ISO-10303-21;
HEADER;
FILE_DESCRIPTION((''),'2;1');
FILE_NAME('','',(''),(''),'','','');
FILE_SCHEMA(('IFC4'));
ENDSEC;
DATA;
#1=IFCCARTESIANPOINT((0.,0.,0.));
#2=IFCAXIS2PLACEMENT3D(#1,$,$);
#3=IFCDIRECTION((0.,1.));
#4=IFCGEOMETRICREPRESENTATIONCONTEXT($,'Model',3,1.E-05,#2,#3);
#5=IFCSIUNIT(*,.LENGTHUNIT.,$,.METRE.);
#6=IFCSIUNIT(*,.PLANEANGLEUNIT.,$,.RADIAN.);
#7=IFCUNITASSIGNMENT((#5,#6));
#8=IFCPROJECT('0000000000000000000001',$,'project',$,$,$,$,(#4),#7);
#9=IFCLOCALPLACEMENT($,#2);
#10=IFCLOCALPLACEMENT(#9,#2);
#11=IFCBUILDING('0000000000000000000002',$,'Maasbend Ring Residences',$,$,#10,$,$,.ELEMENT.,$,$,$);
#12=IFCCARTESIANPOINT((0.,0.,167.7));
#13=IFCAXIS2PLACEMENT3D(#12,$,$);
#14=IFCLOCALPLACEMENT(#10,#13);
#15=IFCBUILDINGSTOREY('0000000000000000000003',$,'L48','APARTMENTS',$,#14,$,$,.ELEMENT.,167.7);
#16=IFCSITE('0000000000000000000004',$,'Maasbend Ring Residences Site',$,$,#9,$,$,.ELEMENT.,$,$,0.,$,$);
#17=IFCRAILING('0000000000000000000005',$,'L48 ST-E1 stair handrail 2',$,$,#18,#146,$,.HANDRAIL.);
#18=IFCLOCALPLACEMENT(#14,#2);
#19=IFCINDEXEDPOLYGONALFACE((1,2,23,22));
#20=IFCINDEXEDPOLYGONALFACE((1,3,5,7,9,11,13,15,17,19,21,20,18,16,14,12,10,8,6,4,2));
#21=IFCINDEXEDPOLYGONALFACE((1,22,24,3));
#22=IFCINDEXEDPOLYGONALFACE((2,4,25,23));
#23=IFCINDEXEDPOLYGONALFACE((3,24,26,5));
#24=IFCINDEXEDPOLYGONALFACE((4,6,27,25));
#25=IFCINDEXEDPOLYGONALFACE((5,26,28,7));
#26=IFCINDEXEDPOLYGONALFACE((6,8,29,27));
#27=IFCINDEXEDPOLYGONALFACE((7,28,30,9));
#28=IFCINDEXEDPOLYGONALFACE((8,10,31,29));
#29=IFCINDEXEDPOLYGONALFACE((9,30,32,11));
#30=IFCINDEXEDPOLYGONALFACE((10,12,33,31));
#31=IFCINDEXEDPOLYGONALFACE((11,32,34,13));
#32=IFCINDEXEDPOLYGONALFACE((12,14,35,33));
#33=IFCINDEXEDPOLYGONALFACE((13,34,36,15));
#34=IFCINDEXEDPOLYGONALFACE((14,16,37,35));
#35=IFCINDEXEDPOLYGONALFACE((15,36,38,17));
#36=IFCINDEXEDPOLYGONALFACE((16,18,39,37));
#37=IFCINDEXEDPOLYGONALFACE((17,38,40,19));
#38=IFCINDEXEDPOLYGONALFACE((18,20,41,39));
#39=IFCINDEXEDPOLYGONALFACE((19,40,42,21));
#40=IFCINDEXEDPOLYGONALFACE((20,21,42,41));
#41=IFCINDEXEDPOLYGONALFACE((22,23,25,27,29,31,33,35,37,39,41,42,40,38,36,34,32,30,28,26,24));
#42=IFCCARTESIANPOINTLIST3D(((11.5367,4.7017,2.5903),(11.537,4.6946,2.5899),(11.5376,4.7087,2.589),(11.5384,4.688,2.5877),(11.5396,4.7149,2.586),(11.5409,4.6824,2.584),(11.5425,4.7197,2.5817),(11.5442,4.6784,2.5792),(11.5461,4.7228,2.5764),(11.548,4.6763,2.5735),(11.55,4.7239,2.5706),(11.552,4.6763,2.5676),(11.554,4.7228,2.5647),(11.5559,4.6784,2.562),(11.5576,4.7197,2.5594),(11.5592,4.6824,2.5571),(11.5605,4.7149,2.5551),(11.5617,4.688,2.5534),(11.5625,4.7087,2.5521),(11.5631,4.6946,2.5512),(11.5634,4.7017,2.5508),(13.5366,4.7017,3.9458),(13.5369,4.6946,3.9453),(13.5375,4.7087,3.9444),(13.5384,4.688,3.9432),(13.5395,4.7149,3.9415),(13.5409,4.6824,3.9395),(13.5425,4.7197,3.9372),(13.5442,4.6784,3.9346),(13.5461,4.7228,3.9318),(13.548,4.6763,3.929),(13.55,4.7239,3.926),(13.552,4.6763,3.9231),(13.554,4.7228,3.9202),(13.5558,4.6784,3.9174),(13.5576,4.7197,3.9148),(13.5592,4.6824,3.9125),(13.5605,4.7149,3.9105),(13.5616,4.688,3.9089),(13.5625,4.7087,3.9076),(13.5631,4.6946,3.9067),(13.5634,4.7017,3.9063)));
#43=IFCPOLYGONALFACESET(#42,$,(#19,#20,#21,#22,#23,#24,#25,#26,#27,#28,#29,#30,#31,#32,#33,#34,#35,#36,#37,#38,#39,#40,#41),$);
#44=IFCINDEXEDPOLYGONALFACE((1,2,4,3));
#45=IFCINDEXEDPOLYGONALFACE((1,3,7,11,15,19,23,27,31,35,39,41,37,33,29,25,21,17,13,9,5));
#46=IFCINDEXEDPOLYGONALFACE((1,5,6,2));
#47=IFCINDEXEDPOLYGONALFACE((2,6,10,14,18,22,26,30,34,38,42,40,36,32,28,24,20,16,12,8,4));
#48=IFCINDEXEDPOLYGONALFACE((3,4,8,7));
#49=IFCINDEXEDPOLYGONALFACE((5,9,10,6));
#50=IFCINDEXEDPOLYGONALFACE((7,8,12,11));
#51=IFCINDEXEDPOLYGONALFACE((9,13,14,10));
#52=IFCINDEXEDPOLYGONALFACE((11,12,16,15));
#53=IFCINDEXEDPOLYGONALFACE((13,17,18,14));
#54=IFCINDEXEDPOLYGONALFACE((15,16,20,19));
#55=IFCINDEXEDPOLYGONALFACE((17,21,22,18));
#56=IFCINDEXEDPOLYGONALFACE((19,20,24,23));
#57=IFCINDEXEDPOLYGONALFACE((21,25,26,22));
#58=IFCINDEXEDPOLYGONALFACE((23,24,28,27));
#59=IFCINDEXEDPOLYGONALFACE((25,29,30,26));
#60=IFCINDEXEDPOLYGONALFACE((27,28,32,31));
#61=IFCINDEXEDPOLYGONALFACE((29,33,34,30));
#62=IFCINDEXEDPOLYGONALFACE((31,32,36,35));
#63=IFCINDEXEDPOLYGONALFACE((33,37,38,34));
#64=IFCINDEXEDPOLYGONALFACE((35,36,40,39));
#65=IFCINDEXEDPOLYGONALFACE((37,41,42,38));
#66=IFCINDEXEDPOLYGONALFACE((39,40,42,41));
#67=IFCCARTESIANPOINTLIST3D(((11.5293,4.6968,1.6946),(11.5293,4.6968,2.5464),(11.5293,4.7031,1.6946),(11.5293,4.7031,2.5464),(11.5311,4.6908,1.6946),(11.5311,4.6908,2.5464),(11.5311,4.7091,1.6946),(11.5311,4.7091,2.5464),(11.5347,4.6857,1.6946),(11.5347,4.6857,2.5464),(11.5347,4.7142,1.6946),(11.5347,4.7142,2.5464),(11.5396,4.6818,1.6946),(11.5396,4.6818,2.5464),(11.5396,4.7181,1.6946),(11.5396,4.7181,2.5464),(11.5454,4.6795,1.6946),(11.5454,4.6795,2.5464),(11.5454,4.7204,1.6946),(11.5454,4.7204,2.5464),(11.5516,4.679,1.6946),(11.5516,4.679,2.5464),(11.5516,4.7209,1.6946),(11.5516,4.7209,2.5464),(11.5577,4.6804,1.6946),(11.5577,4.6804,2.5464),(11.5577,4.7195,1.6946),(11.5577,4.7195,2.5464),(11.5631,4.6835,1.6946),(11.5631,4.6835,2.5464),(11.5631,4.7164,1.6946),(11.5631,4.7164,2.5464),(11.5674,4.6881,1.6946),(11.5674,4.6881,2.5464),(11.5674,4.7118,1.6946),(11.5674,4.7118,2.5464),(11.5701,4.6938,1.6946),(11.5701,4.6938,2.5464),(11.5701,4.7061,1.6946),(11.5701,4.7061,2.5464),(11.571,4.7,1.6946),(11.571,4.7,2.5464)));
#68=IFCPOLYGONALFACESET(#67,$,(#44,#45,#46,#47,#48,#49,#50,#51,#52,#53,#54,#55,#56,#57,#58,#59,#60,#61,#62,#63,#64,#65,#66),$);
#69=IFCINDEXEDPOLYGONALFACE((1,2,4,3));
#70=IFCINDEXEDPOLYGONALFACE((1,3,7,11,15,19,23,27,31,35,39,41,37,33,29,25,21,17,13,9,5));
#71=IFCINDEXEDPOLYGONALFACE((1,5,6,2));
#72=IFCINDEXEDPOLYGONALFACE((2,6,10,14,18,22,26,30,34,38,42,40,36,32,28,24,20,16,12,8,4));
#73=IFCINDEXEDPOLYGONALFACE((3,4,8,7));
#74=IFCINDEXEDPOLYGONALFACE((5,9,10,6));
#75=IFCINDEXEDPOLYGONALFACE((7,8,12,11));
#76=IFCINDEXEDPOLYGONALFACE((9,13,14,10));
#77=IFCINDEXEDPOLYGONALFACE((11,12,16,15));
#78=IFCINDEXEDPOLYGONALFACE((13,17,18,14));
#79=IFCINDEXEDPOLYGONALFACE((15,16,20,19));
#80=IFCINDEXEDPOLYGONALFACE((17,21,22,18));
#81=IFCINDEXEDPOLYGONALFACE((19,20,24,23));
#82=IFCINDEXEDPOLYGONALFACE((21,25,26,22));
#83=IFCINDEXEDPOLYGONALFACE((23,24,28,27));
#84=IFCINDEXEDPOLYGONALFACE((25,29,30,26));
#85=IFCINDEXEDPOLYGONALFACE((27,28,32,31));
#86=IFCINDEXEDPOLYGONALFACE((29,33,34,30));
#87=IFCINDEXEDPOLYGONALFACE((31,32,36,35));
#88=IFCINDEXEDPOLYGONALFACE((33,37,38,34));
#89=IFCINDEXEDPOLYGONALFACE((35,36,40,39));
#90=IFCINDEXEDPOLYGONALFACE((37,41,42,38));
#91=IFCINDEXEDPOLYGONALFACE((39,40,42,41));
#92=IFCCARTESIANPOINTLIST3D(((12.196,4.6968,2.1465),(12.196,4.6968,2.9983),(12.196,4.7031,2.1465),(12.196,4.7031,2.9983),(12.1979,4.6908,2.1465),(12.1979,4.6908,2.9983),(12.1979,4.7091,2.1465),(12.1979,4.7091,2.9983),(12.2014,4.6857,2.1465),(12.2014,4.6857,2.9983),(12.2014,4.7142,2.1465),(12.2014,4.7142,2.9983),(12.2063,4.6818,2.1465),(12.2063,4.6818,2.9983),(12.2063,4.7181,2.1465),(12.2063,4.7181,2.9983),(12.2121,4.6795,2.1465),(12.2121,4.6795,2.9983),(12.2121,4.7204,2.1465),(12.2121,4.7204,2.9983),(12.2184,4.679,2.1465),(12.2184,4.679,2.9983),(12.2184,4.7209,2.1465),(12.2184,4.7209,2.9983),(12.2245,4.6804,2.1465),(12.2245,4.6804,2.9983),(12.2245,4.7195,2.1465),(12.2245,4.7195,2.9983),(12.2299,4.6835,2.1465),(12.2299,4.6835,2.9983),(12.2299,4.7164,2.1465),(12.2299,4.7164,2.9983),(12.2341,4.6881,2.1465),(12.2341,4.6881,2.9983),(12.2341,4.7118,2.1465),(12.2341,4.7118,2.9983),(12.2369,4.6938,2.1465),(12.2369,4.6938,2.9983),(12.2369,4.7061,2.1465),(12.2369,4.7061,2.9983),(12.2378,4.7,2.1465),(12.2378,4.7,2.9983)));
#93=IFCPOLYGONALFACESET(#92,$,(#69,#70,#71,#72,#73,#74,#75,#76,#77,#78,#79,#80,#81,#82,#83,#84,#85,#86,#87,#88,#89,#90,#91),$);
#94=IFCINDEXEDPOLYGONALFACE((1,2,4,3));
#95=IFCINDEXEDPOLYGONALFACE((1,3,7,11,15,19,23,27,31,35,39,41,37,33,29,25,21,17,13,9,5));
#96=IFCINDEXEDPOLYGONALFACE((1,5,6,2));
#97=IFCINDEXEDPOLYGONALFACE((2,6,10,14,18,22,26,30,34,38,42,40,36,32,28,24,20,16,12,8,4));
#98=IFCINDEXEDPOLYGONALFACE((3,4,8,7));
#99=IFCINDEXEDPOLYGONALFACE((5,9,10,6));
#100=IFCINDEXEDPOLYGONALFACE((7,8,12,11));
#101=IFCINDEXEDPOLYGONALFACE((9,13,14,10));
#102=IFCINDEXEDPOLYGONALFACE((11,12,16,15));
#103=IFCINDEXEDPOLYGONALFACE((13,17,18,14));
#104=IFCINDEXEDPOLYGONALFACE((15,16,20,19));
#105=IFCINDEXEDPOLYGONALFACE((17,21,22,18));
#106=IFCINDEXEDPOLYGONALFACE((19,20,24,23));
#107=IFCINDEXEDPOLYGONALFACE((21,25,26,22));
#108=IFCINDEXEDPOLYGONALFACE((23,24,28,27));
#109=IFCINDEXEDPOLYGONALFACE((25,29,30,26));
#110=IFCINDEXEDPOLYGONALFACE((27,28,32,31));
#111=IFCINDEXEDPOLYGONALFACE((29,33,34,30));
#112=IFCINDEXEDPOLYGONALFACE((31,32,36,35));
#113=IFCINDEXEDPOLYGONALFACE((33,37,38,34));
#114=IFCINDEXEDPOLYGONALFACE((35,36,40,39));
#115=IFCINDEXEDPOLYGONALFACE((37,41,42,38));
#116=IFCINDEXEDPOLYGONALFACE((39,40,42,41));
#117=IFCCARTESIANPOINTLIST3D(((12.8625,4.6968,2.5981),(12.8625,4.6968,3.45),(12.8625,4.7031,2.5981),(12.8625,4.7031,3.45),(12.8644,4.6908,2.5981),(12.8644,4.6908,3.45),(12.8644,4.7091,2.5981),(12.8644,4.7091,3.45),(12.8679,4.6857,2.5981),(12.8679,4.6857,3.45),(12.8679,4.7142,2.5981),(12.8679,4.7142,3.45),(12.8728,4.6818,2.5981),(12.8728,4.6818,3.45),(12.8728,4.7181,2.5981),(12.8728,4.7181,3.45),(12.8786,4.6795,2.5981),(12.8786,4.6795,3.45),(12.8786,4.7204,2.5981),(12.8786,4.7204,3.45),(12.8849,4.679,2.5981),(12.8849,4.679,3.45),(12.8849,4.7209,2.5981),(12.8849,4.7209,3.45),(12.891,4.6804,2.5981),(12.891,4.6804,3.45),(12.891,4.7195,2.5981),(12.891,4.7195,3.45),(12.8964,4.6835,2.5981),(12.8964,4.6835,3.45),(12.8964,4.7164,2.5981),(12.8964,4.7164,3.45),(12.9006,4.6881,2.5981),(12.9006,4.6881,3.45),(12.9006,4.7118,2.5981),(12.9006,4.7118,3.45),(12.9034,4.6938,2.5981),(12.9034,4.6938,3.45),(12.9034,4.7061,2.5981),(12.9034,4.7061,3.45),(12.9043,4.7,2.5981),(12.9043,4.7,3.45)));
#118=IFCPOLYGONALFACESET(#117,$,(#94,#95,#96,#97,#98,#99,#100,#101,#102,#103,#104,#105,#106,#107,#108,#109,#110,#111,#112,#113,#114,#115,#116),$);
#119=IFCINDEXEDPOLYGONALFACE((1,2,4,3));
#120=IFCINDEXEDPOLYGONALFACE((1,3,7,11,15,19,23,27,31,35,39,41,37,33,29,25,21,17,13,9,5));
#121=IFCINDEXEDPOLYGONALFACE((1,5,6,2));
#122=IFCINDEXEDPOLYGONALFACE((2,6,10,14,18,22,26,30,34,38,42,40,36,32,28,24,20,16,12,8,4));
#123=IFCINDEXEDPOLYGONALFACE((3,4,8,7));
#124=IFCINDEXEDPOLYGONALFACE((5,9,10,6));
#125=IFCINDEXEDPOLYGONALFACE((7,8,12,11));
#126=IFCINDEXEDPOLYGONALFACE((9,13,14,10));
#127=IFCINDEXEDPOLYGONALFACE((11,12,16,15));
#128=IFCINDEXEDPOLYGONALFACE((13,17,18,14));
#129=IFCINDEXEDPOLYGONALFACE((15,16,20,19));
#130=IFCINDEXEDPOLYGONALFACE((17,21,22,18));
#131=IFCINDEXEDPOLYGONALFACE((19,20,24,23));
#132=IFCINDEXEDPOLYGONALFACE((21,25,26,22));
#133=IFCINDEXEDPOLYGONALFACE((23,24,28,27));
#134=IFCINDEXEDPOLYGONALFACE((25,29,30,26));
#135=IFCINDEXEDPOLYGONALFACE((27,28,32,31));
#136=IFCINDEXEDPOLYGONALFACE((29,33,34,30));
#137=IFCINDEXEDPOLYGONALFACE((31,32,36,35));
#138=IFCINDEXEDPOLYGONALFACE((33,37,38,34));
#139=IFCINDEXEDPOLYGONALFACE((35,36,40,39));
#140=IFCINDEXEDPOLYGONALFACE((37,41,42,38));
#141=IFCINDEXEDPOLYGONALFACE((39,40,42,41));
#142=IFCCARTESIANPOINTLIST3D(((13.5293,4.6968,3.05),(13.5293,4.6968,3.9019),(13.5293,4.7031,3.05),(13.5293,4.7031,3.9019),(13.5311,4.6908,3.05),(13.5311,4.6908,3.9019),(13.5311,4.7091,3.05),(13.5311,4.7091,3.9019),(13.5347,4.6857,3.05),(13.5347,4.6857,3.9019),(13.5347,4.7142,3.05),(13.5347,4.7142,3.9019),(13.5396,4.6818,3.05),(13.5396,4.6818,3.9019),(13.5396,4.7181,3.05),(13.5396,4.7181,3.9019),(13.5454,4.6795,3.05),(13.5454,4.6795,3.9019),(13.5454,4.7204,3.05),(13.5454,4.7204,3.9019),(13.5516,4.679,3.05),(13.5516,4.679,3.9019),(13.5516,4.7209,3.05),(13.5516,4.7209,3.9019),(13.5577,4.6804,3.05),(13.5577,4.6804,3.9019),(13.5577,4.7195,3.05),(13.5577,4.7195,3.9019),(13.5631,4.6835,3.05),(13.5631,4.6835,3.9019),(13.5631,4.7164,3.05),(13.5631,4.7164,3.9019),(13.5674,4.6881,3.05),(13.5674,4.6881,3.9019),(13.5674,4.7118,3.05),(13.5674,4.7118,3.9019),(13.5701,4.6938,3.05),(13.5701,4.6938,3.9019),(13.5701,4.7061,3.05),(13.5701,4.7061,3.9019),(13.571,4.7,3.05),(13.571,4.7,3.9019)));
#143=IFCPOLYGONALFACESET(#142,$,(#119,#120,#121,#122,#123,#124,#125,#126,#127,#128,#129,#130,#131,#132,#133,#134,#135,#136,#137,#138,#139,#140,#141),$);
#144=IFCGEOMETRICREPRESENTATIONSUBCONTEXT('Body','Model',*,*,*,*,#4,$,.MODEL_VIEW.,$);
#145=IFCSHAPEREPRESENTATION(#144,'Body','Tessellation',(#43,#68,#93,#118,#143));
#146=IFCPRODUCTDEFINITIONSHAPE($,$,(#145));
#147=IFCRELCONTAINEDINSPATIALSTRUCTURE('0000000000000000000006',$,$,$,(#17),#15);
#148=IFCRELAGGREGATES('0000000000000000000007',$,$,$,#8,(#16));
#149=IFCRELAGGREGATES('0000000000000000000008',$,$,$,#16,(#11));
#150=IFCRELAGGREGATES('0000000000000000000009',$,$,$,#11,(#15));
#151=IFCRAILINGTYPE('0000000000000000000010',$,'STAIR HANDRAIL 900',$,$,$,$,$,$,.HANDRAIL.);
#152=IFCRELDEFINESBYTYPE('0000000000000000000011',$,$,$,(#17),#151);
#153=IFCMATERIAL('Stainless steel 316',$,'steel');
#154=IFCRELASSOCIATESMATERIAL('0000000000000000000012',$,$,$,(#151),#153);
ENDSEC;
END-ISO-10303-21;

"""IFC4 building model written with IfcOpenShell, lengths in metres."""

from ifc_helpers import new_model, si_unit, direction, frame, origin, origin_2d, place, context, subcontext, project, spatial, circle, extrude, material, type_object, element, save


model = new_model("IFC4")

# Units and contexts
model_context = context("Model", 3, precision=1e-05, world=origin(), true_north=direction((0.0, 1.0)))
body_context = subcontext(model_context, "Body", "Model", "MODEL_VIEW")
ifc_project = project(units=[si_unit("LENGTHUNIT", "METRE"), si_unit("PLANEANGLEUNIT", "RADIAN")], contexts=[model_context])

# Site, building, storey
site_placement = place(None, origin())
site = spatial("IfcSite", under=ifc_project, at=site_placement, Name="Maasbend Ring Residences Site", CompositionType="ELEMENT", RefElevation=0.0)
building_placement = place(site_placement, origin())
building = spatial("IfcBuilding", under=site, at=building_placement, Name="Maasbend Ring Residences", CompositionType="ELEMENT")
storey_placement = place(building_placement, frame((0.0, 0.0, 167.7)))
storey = spatial("IfcBuildingStorey", under=building, at=storey_placement, Name="L48", Description="APARTMENTS", CompositionType="ELEMENT", Elevation=167.7)

# Railing
ifc_material_1 = material(Name="Stainless steel 316", Category="steel")
railing_type_1 = type_object("IfcRailingType", Name="STAIR HANDRAIL 900", PredefinedType="HANDRAIL", material=ifc_material_1)
railing_1_placement = place(storey_placement, frame((11.55, 4.7, 1.6946)))
element("IfcRailing", 1, at=railing_1_placement, inside=storey, type_object=railing_type_1, Name="L48 ST-E1 stair handrail 2", PredefinedType="HANDRAIL", context=body_context, shape_type="SweptSolid", body=[
    extrude(circle(Radius=0.0239, at=origin_2d()), frame((0.0, 0.0, 0.876), z_axis=(0.827798, 0.0, 0.561027), x_axis=(0.0, 1.0, 0.0)), (0.0, 0.0, 1.0), 2.416),
    extrude(circle(Radius=0.021, at=origin_2d()), origin(), (0.0, 0.0, 1.0), 0.8518),
    extrude(circle(Radius=0.021, at=origin_2d()), frame((0.6667, 0.0, 0.4519)), (0.0, 0.0, 1.0), 0.8518),
    extrude(circle(Radius=0.021, at=origin_2d()), frame((1.3333, 0.0, 0.9036)), (0.0, 0.0, 1.0), 0.8518),
    extrude(circle(Radius=0.021, at=origin_2d()), frame((2.0, 0.0, 1.3555)), (0.0, 0.0, 1.0), 0.8518),
])

save(model, "model.ifc")
